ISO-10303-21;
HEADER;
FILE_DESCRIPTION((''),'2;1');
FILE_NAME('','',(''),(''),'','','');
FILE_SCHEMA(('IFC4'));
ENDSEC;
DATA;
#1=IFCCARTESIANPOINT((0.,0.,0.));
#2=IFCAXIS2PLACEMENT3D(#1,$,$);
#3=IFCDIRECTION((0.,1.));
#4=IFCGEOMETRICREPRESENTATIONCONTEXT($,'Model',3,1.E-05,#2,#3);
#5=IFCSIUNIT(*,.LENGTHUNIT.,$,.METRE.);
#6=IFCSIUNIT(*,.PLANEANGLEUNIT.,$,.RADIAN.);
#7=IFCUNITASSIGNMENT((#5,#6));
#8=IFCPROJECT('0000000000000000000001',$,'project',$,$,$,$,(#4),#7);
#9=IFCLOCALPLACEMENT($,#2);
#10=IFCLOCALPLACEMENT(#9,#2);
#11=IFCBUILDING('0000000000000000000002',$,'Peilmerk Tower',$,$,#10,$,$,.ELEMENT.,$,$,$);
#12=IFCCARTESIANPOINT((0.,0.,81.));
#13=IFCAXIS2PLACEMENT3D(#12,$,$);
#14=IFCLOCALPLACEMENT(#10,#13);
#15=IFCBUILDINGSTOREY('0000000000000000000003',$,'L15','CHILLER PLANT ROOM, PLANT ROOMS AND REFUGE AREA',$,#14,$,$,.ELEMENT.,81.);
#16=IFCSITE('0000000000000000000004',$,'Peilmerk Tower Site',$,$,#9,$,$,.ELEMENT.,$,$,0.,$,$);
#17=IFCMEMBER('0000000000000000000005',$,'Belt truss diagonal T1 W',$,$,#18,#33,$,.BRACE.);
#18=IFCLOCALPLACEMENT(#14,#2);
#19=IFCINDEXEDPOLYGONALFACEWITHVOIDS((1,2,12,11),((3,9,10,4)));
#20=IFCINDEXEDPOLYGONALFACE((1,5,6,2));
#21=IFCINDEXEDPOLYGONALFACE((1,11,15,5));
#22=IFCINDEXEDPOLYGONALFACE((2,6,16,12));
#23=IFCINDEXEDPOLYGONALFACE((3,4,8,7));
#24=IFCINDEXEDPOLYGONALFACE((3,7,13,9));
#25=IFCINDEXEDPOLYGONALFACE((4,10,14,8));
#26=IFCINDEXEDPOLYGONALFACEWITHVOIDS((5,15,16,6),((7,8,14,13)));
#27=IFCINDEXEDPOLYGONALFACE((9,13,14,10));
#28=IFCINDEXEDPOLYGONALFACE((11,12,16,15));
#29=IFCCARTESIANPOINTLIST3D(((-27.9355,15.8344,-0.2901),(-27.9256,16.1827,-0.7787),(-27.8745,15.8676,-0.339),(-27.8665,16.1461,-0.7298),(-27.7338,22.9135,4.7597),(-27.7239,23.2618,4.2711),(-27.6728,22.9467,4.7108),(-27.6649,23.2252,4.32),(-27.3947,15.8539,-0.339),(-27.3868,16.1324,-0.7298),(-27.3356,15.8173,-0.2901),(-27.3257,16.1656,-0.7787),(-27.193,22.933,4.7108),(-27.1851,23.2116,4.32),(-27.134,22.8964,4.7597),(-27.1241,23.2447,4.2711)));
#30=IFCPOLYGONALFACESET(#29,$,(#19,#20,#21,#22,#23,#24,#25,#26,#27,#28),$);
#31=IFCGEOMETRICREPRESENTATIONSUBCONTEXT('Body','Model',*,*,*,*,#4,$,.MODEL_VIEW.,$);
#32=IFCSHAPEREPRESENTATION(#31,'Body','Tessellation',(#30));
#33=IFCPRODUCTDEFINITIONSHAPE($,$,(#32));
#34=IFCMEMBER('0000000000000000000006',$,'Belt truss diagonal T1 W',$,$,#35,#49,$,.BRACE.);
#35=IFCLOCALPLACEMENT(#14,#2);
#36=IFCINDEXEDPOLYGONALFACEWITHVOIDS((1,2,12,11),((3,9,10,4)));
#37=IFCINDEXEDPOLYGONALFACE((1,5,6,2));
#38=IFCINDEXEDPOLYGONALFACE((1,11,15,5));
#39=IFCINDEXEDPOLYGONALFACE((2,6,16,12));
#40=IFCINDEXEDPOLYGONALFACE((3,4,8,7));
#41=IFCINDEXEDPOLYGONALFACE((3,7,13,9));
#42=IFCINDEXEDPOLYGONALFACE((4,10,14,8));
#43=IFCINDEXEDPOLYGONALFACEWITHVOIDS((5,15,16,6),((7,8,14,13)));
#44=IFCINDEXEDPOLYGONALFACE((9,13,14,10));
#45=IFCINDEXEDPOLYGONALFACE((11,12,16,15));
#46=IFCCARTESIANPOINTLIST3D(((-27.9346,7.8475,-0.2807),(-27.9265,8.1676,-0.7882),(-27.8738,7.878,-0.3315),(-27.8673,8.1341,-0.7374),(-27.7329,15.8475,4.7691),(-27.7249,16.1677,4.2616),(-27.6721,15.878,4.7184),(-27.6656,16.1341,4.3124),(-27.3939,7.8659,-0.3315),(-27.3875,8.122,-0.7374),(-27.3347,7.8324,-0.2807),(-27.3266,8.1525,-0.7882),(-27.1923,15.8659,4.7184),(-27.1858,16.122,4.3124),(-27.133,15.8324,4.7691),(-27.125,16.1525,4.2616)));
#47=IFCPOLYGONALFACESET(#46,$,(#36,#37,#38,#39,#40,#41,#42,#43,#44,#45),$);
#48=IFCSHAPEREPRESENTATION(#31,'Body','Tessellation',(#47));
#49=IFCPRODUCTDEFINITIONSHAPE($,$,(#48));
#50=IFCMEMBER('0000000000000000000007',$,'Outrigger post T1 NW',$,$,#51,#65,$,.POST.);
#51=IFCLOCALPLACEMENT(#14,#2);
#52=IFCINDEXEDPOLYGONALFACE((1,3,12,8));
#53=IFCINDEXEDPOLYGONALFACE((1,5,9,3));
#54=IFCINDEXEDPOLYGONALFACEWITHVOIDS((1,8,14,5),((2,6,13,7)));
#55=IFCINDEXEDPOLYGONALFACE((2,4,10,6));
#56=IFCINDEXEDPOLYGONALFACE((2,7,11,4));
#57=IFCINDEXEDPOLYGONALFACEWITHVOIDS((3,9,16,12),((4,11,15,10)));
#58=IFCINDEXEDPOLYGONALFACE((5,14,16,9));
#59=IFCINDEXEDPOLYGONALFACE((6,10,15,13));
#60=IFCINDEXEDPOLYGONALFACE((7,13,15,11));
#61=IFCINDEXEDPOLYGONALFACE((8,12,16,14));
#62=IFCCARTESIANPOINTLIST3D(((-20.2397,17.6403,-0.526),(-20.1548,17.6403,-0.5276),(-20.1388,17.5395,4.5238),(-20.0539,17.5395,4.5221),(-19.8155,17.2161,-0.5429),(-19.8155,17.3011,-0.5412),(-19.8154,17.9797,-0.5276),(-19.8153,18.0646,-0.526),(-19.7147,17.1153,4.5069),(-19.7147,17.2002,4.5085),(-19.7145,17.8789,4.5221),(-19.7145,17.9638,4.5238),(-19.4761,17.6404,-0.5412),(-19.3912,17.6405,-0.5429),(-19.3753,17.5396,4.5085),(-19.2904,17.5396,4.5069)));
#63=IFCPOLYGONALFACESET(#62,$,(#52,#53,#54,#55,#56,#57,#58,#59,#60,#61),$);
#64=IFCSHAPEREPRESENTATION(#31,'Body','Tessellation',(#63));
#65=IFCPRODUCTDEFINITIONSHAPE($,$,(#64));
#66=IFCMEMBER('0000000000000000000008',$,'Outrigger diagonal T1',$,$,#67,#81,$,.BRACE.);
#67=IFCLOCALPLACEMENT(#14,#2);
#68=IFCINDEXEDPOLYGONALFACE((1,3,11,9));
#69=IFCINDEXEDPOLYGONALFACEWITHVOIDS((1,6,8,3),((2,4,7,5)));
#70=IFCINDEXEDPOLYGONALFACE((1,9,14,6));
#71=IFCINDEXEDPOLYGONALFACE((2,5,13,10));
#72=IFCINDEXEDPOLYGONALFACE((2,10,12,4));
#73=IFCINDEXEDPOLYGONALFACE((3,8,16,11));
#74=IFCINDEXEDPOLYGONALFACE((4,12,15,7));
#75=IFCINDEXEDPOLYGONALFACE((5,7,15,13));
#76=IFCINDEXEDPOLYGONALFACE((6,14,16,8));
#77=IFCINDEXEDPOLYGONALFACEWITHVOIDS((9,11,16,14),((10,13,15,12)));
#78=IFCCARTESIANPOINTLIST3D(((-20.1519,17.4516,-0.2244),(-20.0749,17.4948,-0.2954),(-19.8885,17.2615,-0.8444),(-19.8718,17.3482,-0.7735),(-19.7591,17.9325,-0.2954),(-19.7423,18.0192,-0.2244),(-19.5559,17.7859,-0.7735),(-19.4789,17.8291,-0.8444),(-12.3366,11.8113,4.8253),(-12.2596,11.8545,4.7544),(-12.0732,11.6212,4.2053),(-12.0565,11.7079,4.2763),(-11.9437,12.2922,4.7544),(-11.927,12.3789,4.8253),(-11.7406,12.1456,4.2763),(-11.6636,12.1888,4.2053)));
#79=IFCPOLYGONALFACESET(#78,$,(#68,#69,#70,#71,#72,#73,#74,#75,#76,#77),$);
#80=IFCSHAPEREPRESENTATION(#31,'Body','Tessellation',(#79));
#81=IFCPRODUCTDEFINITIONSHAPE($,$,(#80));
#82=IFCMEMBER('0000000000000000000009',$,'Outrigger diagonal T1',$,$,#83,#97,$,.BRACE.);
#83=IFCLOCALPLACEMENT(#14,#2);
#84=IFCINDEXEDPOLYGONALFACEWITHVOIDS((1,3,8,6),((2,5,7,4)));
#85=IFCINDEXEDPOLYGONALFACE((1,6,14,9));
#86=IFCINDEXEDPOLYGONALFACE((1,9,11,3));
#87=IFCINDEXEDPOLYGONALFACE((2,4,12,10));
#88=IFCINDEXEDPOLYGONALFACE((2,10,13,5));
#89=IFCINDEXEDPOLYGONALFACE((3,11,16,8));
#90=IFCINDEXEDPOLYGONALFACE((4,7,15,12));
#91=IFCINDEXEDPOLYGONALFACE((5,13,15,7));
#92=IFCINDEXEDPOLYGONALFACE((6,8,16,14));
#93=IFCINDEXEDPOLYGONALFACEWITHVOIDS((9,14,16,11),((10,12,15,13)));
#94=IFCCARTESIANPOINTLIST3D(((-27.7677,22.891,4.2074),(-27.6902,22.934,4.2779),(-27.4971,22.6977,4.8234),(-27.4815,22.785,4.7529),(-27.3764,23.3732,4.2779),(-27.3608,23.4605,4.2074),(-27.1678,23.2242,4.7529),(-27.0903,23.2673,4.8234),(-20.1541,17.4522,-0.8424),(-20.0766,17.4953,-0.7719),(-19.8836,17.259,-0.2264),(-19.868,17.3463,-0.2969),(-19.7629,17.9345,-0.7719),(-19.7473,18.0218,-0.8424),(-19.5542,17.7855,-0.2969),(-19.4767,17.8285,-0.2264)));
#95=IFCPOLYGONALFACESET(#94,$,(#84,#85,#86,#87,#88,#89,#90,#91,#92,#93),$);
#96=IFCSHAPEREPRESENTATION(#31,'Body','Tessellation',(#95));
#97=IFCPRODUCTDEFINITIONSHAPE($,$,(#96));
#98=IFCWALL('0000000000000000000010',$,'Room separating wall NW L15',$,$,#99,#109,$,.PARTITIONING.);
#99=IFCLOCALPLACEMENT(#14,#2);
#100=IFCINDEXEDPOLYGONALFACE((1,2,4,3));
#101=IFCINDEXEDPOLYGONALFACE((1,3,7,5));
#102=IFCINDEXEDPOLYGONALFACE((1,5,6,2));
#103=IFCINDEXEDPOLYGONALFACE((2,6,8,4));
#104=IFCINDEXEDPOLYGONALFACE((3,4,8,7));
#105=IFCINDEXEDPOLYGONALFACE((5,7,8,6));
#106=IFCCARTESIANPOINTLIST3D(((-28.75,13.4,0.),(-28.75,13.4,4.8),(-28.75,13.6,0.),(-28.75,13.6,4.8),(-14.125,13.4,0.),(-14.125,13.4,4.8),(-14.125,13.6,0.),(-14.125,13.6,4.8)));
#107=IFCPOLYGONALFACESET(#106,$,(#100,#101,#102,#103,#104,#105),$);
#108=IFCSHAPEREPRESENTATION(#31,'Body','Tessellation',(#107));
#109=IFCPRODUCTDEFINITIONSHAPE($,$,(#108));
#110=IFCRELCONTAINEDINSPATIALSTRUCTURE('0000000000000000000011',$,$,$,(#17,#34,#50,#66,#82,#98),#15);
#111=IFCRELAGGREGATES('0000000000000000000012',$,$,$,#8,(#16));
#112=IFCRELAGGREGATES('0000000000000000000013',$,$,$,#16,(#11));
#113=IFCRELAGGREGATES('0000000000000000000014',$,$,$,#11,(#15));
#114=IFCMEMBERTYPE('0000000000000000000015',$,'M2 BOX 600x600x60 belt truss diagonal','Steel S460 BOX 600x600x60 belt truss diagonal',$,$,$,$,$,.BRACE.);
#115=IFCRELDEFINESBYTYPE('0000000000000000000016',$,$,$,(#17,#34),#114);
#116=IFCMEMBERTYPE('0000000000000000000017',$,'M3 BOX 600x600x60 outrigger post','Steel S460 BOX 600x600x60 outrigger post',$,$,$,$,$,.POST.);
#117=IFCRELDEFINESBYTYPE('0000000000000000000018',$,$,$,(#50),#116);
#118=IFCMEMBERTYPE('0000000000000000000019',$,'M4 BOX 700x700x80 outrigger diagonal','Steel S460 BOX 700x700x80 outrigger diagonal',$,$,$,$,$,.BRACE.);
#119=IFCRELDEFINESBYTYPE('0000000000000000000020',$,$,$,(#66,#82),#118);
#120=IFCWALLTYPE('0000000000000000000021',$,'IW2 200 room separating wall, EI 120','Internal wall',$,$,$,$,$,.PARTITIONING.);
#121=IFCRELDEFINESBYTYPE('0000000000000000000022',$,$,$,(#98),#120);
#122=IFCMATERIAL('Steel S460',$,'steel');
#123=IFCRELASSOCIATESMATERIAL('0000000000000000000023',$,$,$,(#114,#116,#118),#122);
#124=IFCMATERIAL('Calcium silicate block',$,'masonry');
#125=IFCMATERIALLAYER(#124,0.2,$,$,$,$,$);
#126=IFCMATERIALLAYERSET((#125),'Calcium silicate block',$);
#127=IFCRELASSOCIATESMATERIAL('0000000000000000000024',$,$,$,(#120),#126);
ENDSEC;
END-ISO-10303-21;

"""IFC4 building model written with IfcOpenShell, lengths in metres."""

from ifc_helpers import new_model, si_unit, direction, frame, frame_2d, origin, origin_2d, place, context, subcontext, project, spatial, rectangle, hollow_rectangle, extrude, material, layer, layer_set, material_profile, profile_set, type_object, element, save


model = new_model("IFC4")

# Units and contexts
model_context = context("Model", 3, precision=1e-05, world=origin(), true_north=direction((0.0, 1.0)))
body_context = subcontext(model_context, "Body", "Model", "MODEL_VIEW")
ifc_project = project(units=[si_unit("LENGTHUNIT", "METRE"), si_unit("PLANEANGLEUNIT", "RADIAN")], contexts=[model_context])

# Site, building, storey
site_placement = place(None, origin())
site = spatial("IfcSite", under=ifc_project, at=site_placement, Name="Peilmerk Tower Site", CompositionType="ELEMENT", RefElevation=0.0)
building_placement = place(site_placement, origin())
building = spatial("IfcBuilding", under=site, at=building_placement, Name="Peilmerk Tower", CompositionType="ELEMENT")
storey_placement = place(building_placement, frame((0.0, 0.0, 81.0)))
storey = spatial("IfcBuildingStorey", under=building, at=storey_placement, Name="L15", Description="CHILLER PLANT ROOM, PLANT ROOMS AND REFUGE AREA", CompositionType="ELEMENT", Elevation=81.0)

# Shared definitions
ifc_material_1 = material(Name="Steel S460", Category="steel")

# Members
ifc_material_profile_1 = material_profile(ifc_material_1, hollow_rectangle(XDim=0.6001, YDim=0.6001, WallThickness=0.0601, at=origin_2d()), Name="BOX 600x600x60")
ifc_profile_set_1 = profile_set([ifc_material_profile_1], Name="Steel S460")
member_type_1 = type_object("IfcMemberType", Name="M2 BOX 600x600x60 belt truss diagonal", Description="Steel S460 BOX 600x600x60 belt truss diagonal", PredefinedType="BRACE", material=ifc_profile_set_1)
member_1_placement = place(storey_placement, frame((-27.6306, 16.0, -0.5344), z_axis=(0.023185, 0.813879, 0.580572), x_axis=(-0.999595, 0.028475, 0.0)))
element("IfcMember", 1, at=member_1_placement, inside=storey, type_object=member_type_1, Name="Belt truss diagonal T1 W", PredefinedType="BRACE", context=body_context, shape_type="SweptSolid", body=[
    extrude(hollow_rectangle(XDim=0.6001, YDim=0.6001, WallThickness=0.0601, at=origin_2d()), origin(), (0.0, 0.0, 1.0), 8.698),
])
member_2_placement = place(storey_placement, frame((-27.6306, 8.0, -0.5344), z_axis=(0.021311, 0.845432, 0.533658), x_axis=(-0.999682, 0.0252, 0.0)))
element("IfcMember", 2, at=member_2_placement, inside=storey, type_object=member_type_1, Name="Belt truss diagonal T1 W", PredefinedType="BRACE", context=body_context, shape_type="SweptSolid", body=[
    extrude(hollow_rectangle(XDim=0.6001, YDim=0.6001, WallThickness=0.0601, at=origin_2d()), origin(), (0.0, 0.0, 1.0), 9.4626),
])
ifc_material_profile_2 = material_profile(ifc_material_1, hollow_rectangle(XDim=0.6001, YDim=0.6001, WallThickness=0.0601, at=origin_2d()), Name="BOX 600x600x60")
ifc_profile_set_2 = profile_set([ifc_material_profile_2], Name="Steel S460")
member_type_2 = type_object("IfcMemberType", Name="M3 BOX 600x600x60 outrigger post", Description="Steel S460 BOX 600x600x60 outrigger post", PredefinedType="POST", material=ifc_profile_set_2)
member_3_placement = place(storey_placement, frame((-19.8154, 17.6404, -0.5344), z_axis=(0.019959, -0.019959, 0.999602), x_axis=(0.707107, 0.707107, 0.0)))
element("IfcMember", 3, at=member_3_placement, inside=storey, type_object=member_type_2, Name="Outrigger post T1 NW", PredefinedType="POST", context=body_context, shape_type="SweptSolid", body=[
    extrude(hollow_rectangle(XDim=0.6001, YDim=0.6001, WallThickness=0.0601, at=origin_2d()), origin(), (0.0, 0.0, 1.0), 5.0518),
])
ifc_material_profile_3 = material_profile(ifc_material_1, hollow_rectangle(XDim=0.7, YDim=0.7, WallThickness=0.0801, at=origin_2d()), Name="BOX 700x700x80")
ifc_profile_set_3 = profile_set([ifc_material_profile_3], Name="Steel S460")
member_type_3 = type_object("IfcMemberType", Name="M4 BOX 700x700x80 outrigger diagonal", Description="Steel S460 BOX 700x700x80 outrigger diagonal", PredefinedType="BRACE", material=ifc_profile_set_3)
member_4_placement = place(storey_placement, frame((-19.8154, 17.6404, -0.5344), z_axis=(0.718266, -0.518371, 0.464095), x_axis=(0.585211, 0.810881, 0.0)))
element("IfcMember", 4, at=member_4_placement, inside=storey, type_object=member_type_3, Name="Outrigger diagonal T1", PredefinedType="BRACE", context=body_context, shape_type="SweptSolid", body=[
    extrude(hollow_rectangle(XDim=0.7, YDim=0.7, WallThickness=0.0801, at=origin_2d()), origin(), (0.0, 0.0, 1.0), 10.8809),
])
member_5_placement = place(storey_placement, frame((-19.8154, 17.6404, -0.5344), z_axis=(-0.716075, 0.511528, 0.474949), x_axis=(-0.581273, -0.813709, 0.0)))
element("IfcMember", 5, at=member_5_placement, inside=storey, type_object=member_type_3, Name="Outrigger diagonal T1", PredefinedType="BRACE", context=body_context, shape_type="SweptSolid", body=[
    extrude(hollow_rectangle(XDim=0.7, YDim=0.7, WallThickness=0.0801, at=origin_2d()), origin(), (0.0, 0.0, 1.0), 10.6323),
])

# Wall
ifc_material_2 = material(Name="Calcium silicate block", Category="masonry")
ifc_layer = layer(ifc_material_2, 0.2)
ifc_layer_set = layer_set([ifc_layer], Name="Calcium silicate block")
wall_type = type_object("IfcWallType", Name="IW2 200 room separating wall, EI 120", Description="Internal wall", PredefinedType="PARTITIONING", material=ifc_layer_set)
wall_placement = place(storey_placement, frame((-28.75, 13.5, 0.0), z_axis=(0.0, 0.0, 1.0), x_axis=(1.0, 0.0, 0.0)))
element("IfcWall", 6, at=wall_placement, inside=storey, type_object=wall_type, Name="Room separating wall NW L15", PredefinedType="PARTITIONING", context=body_context, shape_type="SweptSolid", body=[
    extrude(rectangle(XDim=14.625, YDim=0.2, at=frame_2d((7.3125, 0.0))), origin(), (0.0, 0.0, 1.0), 4.8),
])

save(model, "model.ifc")
